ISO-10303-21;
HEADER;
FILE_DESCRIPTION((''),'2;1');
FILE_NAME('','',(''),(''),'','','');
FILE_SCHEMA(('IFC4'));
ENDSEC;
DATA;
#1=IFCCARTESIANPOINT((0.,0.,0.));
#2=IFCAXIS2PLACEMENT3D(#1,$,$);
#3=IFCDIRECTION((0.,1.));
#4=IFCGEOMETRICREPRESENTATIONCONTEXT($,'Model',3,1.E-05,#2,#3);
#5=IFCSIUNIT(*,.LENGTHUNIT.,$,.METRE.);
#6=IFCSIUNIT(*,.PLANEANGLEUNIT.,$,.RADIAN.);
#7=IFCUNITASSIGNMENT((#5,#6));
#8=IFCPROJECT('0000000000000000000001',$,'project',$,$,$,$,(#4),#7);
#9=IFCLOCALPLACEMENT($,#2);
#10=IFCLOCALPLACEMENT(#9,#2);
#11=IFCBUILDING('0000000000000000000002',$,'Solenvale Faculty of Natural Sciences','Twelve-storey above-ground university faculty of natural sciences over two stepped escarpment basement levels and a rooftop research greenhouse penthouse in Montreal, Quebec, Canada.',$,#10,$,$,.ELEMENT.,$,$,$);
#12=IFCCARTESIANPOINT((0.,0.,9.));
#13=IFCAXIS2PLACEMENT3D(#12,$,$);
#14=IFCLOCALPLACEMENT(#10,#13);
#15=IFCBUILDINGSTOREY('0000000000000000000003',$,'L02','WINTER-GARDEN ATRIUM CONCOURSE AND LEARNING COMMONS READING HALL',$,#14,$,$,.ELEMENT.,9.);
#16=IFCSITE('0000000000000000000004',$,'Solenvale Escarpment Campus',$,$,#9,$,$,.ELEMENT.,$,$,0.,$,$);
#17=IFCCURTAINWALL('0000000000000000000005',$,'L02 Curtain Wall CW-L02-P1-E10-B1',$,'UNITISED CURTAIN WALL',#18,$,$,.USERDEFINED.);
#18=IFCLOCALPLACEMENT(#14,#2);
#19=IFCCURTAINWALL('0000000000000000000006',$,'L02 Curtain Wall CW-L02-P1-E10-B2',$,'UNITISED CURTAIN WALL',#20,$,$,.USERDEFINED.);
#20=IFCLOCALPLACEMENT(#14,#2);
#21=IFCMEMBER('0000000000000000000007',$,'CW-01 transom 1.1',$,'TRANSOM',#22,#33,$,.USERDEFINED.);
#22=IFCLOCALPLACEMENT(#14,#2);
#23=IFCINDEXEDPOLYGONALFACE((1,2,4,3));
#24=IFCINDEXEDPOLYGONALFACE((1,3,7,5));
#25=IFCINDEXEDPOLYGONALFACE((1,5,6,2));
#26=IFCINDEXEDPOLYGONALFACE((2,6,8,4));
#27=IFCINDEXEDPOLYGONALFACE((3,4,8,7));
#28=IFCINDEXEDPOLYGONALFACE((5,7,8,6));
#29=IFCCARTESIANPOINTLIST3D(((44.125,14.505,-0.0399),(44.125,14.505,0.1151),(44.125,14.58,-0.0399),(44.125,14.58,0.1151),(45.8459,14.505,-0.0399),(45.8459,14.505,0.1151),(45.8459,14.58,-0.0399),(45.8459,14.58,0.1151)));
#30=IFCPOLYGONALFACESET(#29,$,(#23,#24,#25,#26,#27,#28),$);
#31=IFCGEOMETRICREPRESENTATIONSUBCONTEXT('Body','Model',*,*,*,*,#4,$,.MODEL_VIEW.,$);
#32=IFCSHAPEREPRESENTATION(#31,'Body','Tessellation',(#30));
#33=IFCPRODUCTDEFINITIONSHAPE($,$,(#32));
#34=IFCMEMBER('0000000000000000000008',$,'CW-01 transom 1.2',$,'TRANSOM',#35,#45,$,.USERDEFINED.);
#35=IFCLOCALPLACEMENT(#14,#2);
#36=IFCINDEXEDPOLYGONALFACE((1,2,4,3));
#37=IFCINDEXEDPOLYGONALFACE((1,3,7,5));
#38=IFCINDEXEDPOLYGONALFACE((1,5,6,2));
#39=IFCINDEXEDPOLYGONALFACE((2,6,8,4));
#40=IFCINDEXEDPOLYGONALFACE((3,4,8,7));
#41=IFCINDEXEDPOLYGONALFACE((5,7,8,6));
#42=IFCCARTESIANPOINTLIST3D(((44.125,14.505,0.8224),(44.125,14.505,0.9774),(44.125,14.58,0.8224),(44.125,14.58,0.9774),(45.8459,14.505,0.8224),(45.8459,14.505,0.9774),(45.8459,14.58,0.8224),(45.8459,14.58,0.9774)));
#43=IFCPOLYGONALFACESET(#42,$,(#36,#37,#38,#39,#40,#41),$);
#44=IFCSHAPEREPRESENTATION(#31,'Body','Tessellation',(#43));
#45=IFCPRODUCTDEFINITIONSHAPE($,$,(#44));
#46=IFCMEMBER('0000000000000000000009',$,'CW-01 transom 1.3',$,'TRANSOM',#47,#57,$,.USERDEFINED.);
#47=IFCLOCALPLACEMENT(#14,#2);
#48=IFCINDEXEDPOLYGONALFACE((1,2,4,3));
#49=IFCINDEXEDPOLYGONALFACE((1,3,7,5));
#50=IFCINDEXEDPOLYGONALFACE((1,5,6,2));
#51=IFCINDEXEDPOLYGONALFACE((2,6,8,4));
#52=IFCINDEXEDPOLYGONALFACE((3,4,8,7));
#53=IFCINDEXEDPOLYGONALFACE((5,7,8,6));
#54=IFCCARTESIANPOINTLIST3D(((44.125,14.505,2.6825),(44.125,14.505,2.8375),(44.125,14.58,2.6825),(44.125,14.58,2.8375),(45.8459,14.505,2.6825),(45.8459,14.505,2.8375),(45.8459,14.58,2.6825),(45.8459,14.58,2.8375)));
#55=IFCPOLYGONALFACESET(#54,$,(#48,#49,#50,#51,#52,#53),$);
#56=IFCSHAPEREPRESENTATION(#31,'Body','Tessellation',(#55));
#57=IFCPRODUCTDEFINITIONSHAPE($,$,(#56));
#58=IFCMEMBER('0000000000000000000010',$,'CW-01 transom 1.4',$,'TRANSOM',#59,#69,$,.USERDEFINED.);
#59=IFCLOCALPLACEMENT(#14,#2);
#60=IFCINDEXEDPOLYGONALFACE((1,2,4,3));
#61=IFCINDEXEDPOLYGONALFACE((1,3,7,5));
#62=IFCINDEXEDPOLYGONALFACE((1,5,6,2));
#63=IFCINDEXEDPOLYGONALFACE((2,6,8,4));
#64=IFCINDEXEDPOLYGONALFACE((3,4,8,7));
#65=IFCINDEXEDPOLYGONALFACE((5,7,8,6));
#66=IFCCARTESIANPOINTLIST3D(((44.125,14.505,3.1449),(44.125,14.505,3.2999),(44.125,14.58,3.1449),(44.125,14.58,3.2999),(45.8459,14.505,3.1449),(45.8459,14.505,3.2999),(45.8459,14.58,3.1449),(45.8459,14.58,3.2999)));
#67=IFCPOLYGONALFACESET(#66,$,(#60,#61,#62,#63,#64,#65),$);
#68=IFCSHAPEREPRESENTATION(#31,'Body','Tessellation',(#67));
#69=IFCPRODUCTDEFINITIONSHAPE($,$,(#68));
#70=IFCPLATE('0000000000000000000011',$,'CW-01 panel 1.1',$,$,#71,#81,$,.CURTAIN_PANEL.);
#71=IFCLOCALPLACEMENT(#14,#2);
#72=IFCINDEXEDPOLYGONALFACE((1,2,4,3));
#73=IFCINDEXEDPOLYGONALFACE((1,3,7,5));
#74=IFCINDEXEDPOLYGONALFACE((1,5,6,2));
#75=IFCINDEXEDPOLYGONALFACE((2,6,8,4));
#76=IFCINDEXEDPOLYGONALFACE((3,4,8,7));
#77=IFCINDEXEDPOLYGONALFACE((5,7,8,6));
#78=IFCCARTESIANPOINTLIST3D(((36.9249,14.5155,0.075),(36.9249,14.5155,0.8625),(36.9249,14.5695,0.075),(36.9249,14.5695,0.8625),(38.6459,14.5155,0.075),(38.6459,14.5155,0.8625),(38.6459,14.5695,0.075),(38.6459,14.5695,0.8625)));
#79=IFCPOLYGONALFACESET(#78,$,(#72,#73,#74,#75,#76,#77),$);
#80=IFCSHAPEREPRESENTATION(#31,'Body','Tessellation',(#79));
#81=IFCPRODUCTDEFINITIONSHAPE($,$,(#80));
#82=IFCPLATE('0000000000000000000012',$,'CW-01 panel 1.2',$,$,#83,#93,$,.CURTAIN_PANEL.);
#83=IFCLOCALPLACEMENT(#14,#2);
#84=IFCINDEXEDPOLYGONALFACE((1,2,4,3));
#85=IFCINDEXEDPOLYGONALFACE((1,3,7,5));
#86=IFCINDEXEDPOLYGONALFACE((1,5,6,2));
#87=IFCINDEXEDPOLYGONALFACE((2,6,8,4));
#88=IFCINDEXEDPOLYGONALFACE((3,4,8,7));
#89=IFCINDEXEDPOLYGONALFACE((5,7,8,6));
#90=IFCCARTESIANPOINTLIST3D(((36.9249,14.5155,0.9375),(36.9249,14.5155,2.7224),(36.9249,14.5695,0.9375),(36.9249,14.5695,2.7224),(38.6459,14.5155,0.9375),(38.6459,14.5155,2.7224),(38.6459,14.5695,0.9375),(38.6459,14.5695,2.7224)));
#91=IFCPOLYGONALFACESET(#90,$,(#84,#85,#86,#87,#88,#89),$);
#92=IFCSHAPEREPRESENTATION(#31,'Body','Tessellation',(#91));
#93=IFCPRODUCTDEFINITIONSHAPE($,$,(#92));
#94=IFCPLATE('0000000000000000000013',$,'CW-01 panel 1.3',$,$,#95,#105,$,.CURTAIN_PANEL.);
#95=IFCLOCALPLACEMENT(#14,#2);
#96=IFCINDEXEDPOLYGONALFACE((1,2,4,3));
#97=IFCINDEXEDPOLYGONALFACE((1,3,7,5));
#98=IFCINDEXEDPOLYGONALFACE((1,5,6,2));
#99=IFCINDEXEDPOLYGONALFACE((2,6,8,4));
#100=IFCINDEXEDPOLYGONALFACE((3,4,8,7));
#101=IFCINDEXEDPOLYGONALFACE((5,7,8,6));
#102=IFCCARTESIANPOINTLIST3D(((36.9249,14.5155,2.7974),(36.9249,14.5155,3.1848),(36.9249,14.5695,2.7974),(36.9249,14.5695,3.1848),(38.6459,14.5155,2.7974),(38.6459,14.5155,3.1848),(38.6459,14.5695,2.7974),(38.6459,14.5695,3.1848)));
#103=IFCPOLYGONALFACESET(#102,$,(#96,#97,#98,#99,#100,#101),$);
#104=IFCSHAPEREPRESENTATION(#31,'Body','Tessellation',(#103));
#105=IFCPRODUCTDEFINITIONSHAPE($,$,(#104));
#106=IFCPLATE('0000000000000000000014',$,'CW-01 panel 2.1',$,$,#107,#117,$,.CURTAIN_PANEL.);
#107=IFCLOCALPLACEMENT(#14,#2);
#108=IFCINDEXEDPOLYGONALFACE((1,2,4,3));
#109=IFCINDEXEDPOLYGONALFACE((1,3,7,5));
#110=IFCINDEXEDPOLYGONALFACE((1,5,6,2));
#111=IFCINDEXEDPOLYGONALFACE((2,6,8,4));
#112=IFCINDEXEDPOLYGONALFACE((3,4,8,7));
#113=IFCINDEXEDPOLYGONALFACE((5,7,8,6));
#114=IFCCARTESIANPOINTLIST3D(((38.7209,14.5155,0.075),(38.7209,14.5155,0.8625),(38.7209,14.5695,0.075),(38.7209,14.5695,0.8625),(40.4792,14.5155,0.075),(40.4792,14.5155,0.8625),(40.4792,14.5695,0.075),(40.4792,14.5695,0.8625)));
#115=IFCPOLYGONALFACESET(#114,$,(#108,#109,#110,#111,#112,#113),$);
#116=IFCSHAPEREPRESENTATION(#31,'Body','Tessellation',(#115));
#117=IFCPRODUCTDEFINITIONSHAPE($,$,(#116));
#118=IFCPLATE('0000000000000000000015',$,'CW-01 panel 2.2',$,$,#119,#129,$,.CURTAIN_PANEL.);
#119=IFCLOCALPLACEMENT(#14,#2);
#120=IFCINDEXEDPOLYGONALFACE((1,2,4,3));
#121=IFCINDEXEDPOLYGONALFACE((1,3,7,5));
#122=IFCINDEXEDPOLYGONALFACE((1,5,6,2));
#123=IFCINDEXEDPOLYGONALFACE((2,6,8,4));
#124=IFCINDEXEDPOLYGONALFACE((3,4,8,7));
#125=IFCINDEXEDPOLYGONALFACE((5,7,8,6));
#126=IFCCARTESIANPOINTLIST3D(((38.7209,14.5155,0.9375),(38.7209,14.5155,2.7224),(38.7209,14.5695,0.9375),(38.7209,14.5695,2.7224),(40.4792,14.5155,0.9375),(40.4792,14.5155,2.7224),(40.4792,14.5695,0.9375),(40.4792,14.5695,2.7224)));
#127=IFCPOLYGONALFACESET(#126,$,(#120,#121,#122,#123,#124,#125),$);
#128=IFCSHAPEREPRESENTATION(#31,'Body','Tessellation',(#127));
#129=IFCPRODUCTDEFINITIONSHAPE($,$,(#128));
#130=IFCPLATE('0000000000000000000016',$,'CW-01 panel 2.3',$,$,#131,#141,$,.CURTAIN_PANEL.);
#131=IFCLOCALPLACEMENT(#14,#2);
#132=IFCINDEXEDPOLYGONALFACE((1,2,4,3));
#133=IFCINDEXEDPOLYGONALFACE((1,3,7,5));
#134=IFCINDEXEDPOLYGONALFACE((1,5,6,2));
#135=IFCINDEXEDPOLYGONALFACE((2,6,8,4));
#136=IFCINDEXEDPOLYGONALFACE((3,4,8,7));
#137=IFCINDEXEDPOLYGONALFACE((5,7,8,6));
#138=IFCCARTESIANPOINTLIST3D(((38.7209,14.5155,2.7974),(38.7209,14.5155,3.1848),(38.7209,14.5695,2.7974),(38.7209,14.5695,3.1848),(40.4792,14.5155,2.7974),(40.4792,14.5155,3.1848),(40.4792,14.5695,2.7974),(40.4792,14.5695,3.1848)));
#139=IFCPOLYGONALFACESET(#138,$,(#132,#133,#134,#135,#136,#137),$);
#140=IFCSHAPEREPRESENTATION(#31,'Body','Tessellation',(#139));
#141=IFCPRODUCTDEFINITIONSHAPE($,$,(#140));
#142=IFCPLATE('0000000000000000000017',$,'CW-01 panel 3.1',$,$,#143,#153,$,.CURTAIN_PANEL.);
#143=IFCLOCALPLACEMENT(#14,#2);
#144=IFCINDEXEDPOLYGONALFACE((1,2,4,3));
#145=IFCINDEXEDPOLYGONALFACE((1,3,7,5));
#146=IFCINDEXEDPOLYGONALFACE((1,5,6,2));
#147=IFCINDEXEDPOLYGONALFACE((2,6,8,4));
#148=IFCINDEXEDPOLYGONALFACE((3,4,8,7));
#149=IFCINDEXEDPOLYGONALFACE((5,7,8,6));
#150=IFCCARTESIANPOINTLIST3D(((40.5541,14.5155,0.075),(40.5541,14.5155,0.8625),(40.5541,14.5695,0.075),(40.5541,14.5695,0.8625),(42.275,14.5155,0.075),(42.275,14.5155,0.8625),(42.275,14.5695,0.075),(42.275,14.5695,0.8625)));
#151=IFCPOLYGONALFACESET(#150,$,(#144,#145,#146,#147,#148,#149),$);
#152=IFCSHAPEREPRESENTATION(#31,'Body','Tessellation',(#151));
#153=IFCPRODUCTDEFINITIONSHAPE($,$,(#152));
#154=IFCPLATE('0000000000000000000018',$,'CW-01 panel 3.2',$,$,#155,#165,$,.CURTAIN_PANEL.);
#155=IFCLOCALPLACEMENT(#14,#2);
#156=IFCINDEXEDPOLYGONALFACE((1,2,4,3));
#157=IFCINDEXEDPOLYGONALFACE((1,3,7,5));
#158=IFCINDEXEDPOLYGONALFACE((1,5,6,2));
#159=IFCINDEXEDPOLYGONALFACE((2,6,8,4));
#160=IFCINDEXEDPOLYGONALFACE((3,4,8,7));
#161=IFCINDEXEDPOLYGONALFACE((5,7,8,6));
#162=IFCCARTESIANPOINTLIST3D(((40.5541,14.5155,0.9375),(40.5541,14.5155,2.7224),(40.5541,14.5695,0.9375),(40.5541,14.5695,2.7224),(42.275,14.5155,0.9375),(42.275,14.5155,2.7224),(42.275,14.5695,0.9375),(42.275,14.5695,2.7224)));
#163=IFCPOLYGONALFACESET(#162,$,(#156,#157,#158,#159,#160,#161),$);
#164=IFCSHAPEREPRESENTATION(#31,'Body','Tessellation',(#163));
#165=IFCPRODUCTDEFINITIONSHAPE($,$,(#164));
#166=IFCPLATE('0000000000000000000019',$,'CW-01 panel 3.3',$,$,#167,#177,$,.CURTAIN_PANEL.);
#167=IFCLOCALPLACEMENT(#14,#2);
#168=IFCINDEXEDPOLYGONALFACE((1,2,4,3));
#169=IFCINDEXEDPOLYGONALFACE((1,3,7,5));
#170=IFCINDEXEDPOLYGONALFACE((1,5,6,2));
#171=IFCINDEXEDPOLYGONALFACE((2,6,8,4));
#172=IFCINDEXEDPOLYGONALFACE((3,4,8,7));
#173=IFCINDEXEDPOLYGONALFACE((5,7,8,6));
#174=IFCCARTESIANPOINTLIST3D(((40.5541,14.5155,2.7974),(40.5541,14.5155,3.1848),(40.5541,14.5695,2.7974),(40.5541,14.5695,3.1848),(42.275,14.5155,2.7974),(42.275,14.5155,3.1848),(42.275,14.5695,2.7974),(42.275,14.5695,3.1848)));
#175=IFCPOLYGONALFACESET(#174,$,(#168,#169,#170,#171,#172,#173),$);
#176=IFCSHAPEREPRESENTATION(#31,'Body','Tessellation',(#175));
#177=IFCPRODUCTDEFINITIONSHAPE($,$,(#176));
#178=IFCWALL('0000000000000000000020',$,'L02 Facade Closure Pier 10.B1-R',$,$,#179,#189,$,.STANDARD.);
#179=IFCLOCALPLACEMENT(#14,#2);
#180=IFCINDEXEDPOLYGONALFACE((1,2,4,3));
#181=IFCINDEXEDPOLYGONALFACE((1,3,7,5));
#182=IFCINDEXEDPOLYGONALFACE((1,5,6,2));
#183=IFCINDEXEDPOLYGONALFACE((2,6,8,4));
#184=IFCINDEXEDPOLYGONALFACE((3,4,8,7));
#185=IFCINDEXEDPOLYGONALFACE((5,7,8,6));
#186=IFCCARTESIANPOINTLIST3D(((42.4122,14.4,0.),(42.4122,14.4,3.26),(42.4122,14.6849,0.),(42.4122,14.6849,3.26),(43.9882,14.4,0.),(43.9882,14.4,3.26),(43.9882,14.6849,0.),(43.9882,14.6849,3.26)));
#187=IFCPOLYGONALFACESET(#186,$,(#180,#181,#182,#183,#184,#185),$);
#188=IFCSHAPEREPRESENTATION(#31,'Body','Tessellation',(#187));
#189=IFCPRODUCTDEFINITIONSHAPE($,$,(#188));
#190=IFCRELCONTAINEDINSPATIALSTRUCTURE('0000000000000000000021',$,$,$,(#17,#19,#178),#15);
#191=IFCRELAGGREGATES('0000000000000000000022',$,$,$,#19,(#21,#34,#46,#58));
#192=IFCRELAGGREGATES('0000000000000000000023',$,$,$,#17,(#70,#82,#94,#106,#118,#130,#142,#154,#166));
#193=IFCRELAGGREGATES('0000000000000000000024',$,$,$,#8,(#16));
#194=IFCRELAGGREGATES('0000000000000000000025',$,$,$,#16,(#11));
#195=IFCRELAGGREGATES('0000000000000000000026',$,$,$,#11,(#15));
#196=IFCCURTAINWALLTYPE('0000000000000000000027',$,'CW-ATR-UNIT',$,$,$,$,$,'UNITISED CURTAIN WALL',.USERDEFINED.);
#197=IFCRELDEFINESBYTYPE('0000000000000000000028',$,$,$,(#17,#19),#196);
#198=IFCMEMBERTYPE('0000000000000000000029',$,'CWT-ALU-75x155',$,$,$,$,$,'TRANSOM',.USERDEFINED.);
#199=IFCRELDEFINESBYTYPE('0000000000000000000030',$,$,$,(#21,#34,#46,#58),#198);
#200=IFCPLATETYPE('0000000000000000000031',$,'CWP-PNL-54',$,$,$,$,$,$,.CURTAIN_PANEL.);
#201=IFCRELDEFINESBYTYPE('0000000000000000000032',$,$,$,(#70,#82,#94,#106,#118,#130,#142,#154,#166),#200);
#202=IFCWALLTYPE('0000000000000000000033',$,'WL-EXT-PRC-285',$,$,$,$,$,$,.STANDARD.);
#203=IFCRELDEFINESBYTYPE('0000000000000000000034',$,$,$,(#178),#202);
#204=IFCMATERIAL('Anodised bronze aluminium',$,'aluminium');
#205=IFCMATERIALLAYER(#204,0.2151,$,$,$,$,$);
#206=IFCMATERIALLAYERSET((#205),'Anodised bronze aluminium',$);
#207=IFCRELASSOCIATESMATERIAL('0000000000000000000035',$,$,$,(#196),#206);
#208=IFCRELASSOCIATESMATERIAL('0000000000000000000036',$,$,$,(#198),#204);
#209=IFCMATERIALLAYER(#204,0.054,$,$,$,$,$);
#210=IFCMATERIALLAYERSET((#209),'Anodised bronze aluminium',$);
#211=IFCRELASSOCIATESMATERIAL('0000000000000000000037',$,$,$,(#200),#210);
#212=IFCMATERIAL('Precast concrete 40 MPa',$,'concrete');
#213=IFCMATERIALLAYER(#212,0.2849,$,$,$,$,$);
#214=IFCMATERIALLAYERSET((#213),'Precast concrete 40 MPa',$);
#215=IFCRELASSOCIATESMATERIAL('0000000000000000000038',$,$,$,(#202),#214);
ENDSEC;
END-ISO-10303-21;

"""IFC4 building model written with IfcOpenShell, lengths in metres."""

from ifc_helpers import new_model, si_unit, direction, frame, frame_2d, origin, origin_2d, place, context, subcontext, project, spatial, rectangle, extrude, material, layer, layer_set, material_profile, profile_set, type_object, element, aggregate, save


model = new_model("IFC4")

# Units and contexts
model_context = context("Model", 3, precision=1e-05, world=origin(), true_north=direction((0.0, 1.0)))
body_context = subcontext(model_context, "Body", "Model", "MODEL_VIEW")
ifc_project = project(units=[si_unit("LENGTHUNIT", "METRE"), si_unit("PLANEANGLEUNIT", "RADIAN")], contexts=[model_context])

# Site, building, storey
site_placement = place(None, origin())
site = spatial("IfcSite", under=ifc_project, at=site_placement, Name="Solenvale Escarpment Campus", CompositionType="ELEMENT", RefElevation=0.0)
building_placement = place(site_placement, origin())
building = spatial("IfcBuilding", under=site, at=building_placement, Name="Solenvale Faculty of Natural Sciences", Description="Twelve-storey above-ground university faculty of natural sciences over two stepped escarpment basement levels and a rooftop research greenhouse penthouse in Montreal, Quebec, Canada.", CompositionType="ELEMENT")
storey_placement = place(building_placement, frame((0.0, 0.0, 9.0)))
storey = spatial("IfcBuildingStorey", under=building, at=storey_placement, Name="L02", Description="WINTER-GARDEN ATRIUM CONCOURSE AND LEARNING COMMONS READING HALL", CompositionType="ELEMENT", Elevation=9.0)

# Curtain wall
ifc_material_1 = material(Name="Anodised bronze aluminium", Category="aluminium")
ifc_layer_1 = layer(ifc_material_1, 0.2151)
ifc_layer_set_1 = layer_set([ifc_layer_1], Name="Anodised bronze aluminium")
curtain_wall_type = type_object("IfcCurtainWallType", Name="CW-ATR-UNIT", ElementType="UNITISED CURTAIN WALL", PredefinedType="USERDEFINED", material=ifc_layer_set_1)
curtain_wall_1_placement = place(storey_placement, origin())
curtain_wall_1 = element("IfcCurtainWall", 1, at=curtain_wall_1_placement, inside=storey, type_object=curtain_wall_type, Name="L02 Curtain Wall CW-L02-P1-E10-B1", ObjectType="UNITISED CURTAIN WALL", PredefinedType="USERDEFINED")

# Curtain wall
curtain_wall_2_placement = place(storey_placement, origin())
curtain_wall_2 = element("IfcCurtainWall", 2, at=curtain_wall_2_placement, inside=storey, type_object=curtain_wall_type, Name="L02 Curtain Wall CW-L02-P1-E10-B2", ObjectType="UNITISED CURTAIN WALL", PredefinedType="USERDEFINED")

# Members
ifc_material_profile_1 = material_profile(ifc_material_1, rectangle(XDim=0.075, YDim=0.155, at=origin_2d()), Name="ALU-TRN-75x155")
ifc_profile_set_1 = profile_set([ifc_material_profile_1], Name="Anodised bronze aluminium")
member_type_1 = type_object("IfcMemberType", Name="CWT-ALU-75x155", ElementType="TRANSOM", PredefinedType="USERDEFINED", material=ifc_profile_set_1)
member_1_placement = place(storey_placement, frame((44.125, 14.5425, 0.0376), z_axis=(1.0, 0.0, 0.0), x_axis=(0.0, 1.0, 0.0)))
member_1 = element("IfcMember", 3, at=member_1_placement, type_object=member_type_1, Name="CW-01 transom 1.1", ObjectType="TRANSOM", PredefinedType="USERDEFINED", context=body_context, shape_type="SweptSolid", body=[
    extrude(rectangle(XDim=0.075, YDim=0.155, at=origin_2d()), origin(), (0.0, 0.0, 1.0), 1.7209),
])
member_2_placement = place(storey_placement, frame((44.125, 14.5425, 0.8999), z_axis=(1.0, 0.0, 0.0), x_axis=(0.0, 1.0, 0.0)))
member_2 = element("IfcMember", 4, at=member_2_placement, type_object=member_type_1, Name="CW-01 transom 1.2", ObjectType="TRANSOM", PredefinedType="USERDEFINED", context=body_context, shape_type="SweptSolid", body=[
    extrude(rectangle(XDim=0.075, YDim=0.155, at=origin_2d()), origin(), (0.0, 0.0, 1.0), 1.7209),
])
member_3_placement = place(storey_placement, frame((44.125, 14.5425, 2.76), z_axis=(1.0, 0.0, 0.0), x_axis=(0.0, 1.0, 0.0)))
member_3 = element("IfcMember", 5, at=member_3_placement, type_object=member_type_1, Name="CW-01 transom 1.3", ObjectType="TRANSOM", PredefinedType="USERDEFINED", context=body_context, shape_type="SweptSolid", body=[
    extrude(rectangle(XDim=0.075, YDim=0.155, at=origin_2d()), origin(), (0.0, 0.0, 1.0), 1.7209),
])
member_4_placement = place(storey_placement, frame((44.125, 14.5425, 3.2224), z_axis=(1.0, 0.0, 0.0), x_axis=(0.0, 1.0, 0.0)))
member_4 = element("IfcMember", 6, at=member_4_placement, type_object=member_type_1, Name="CW-01 transom 1.4", ObjectType="TRANSOM", PredefinedType="USERDEFINED", context=body_context, shape_type="SweptSolid", body=[
    extrude(rectangle(XDim=0.075, YDim=0.155, at=origin_2d()), origin(), (0.0, 0.0, 1.0), 1.7209),
])
aggregate(curtain_wall_2, [member_1, member_2, member_3, member_4])

# Plates
ifc_layer_2 = layer(ifc_material_1, 0.054)
ifc_layer_set_2 = layer_set([ifc_layer_2], Name="Anodised bronze aluminium")
plate_type = type_object("IfcPlateType", Name="CWP-PNL-54", PredefinedType="CURTAIN_PANEL", material=ifc_layer_set_2)
plate_1_placement = place(storey_placement, frame((37.7854, 14.5425, 0.075), z_axis=(0.0, 0.0, 1.0), x_axis=(1.0, 0.0, 0.0)))
plate_1 = element("IfcPlate", 7, at=plate_1_placement, type_object=plate_type, Name="CW-01 panel 1.1", PredefinedType="CURTAIN_PANEL", context=body_context, shape_type="SweptSolid", body=[
    extrude(rectangle(XDim=1.7209, YDim=0.054, at=origin_2d()), origin(), (0.0, 0.0, 1.0), 0.7876),
])
plate_2_placement = place(storey_placement, frame((37.7854, 14.5425, 0.9375), z_axis=(0.0, 0.0, 1.0), x_axis=(1.0, 0.0, 0.0)))
plate_2 = element("IfcPlate", 8, at=plate_2_placement, type_object=plate_type, Name="CW-01 panel 1.2", PredefinedType="CURTAIN_PANEL", context=body_context, shape_type="SweptSolid", body=[
    extrude(rectangle(XDim=1.7209, YDim=0.054, at=origin_2d()), origin(), (0.0, 0.0, 1.0), 1.7849),
])
plate_3_placement = place(storey_placement, frame((37.7854, 14.5425, 2.7974), z_axis=(0.0, 0.0, 1.0), x_axis=(1.0, 0.0, 0.0)))
plate_3 = element("IfcPlate", 9, at=plate_3_placement, type_object=plate_type, Name="CW-01 panel 1.3", PredefinedType="CURTAIN_PANEL", context=body_context, shape_type="SweptSolid", body=[
    extrude(rectangle(XDim=1.7209, YDim=0.054, at=origin_2d()), origin(), (0.0, 0.0, 1.0), 0.3875),
])
plate_4_placement = place(storey_placement, frame((39.6001, 14.5425, 0.075), z_axis=(0.0, 0.0, 1.0), x_axis=(1.0, 0.0, 0.0)))
plate_4 = element("IfcPlate", 10, at=plate_4_placement, type_object=plate_type, Name="CW-01 panel 2.1", PredefinedType="CURTAIN_PANEL", context=body_context, shape_type="SweptSolid", body=[
    extrude(rectangle(XDim=1.7583, YDim=0.054, at=origin_2d()), origin(), (0.0, 0.0, 1.0), 0.7876),
])
plate_5_placement = place(storey_placement, frame((39.6001, 14.5425, 0.9375), z_axis=(0.0, 0.0, 1.0), x_axis=(1.0, 0.0, 0.0)))
plate_5 = element("IfcPlate", 11, at=plate_5_placement, type_object=plate_type, Name="CW-01 panel 2.2", PredefinedType="CURTAIN_PANEL", context=body_context, shape_type="SweptSolid", body=[
    extrude(rectangle(XDim=1.7583, YDim=0.054, at=origin_2d()), origin(), (0.0, 0.0, 1.0), 1.7849),
])
plate_6_placement = place(storey_placement, frame((39.6001, 14.5425, 2.7974), z_axis=(0.0, 0.0, 1.0), x_axis=(1.0, 0.0, 0.0)))
plate_6 = element("IfcPlate", 12, at=plate_6_placement, type_object=plate_type, Name="CW-01 panel 2.3", PredefinedType="CURTAIN_PANEL", context=body_context, shape_type="SweptSolid", body=[
    extrude(rectangle(XDim=1.7583, YDim=0.054, at=origin_2d()), origin(), (0.0, 0.0, 1.0), 0.3875),
])
plate_7_placement = place(storey_placement, frame((41.4146, 14.5425, 0.075), z_axis=(0.0, 0.0, 1.0), x_axis=(1.0, 0.0, 0.0)))
plate_7 = element("IfcPlate", 13, at=plate_7_placement, type_object=plate_type, Name="CW-01 panel 3.1", PredefinedType="CURTAIN_PANEL", context=body_context, shape_type="SweptSolid", body=[
    extrude(rectangle(XDim=1.7209, YDim=0.054, at=origin_2d()), origin(), (0.0, 0.0, 1.0), 0.7876),
])
plate_8_placement = place(storey_placement, frame((41.4146, 14.5425, 0.9375), z_axis=(0.0, 0.0, 1.0), x_axis=(1.0, 0.0, 0.0)))
plate_8 = element("IfcPlate", 14, at=plate_8_placement, type_object=plate_type, Name="CW-01 panel 3.2", PredefinedType="CURTAIN_PANEL", context=body_context, shape_type="SweptSolid", body=[
    extrude(rectangle(XDim=1.7209, YDim=0.054, at=origin_2d()), origin(), (0.0, 0.0, 1.0), 1.7849),
])
plate_9_placement = place(storey_placement, frame((41.4146, 14.5425, 2.7974), z_axis=(0.0, 0.0, 1.0), x_axis=(1.0, 0.0, 0.0)))
plate_9 = element("IfcPlate", 15, at=plate_9_placement, type_object=plate_type, Name="CW-01 panel 3.3", PredefinedType="CURTAIN_PANEL", context=body_context, shape_type="SweptSolid", body=[
    extrude(rectangle(XDim=1.7209, YDim=0.054, at=origin_2d()), origin(), (0.0, 0.0, 1.0), 0.3875),
])
aggregate(curtain_wall_1, [plate_1, plate_2, plate_3, plate_4, plate_5, plate_6, plate_7, plate_8, plate_9])

# Wall
ifc_material_2 = material(Name="Precast concrete 40 MPa", Category="concrete")
ifc_layer_3 = layer(ifc_material_2, 0.2849)
ifc_layer_set_3 = layer_set([ifc_layer_3], Name="Precast concrete 40 MPa")
wall_type = type_object("IfcWallType", Name="WL-EXT-PRC-285", PredefinedType="STANDARD", material=ifc_layer_set_3)
wall_placement = place(storey_placement, frame((42.4121, 14.5425, 0.0), z_axis=(0.0, 0.0, 1.0), x_axis=(1.0, 0.0, 0.0)))
element("IfcWall", 16, at=wall_placement, inside=storey, type_object=wall_type, Name="L02 Facade Closure Pier 10.B1-R", PredefinedType="STANDARD", context=body_context, shape_type="SweptSolid", body=[
    extrude(rectangle(XDim=1.5759, YDim=0.2849, at=frame_2d((0.7881, 0.0))), origin(), (0.0, 0.0, 1.0), 3.26),
])

save(model, "model.ifc")
